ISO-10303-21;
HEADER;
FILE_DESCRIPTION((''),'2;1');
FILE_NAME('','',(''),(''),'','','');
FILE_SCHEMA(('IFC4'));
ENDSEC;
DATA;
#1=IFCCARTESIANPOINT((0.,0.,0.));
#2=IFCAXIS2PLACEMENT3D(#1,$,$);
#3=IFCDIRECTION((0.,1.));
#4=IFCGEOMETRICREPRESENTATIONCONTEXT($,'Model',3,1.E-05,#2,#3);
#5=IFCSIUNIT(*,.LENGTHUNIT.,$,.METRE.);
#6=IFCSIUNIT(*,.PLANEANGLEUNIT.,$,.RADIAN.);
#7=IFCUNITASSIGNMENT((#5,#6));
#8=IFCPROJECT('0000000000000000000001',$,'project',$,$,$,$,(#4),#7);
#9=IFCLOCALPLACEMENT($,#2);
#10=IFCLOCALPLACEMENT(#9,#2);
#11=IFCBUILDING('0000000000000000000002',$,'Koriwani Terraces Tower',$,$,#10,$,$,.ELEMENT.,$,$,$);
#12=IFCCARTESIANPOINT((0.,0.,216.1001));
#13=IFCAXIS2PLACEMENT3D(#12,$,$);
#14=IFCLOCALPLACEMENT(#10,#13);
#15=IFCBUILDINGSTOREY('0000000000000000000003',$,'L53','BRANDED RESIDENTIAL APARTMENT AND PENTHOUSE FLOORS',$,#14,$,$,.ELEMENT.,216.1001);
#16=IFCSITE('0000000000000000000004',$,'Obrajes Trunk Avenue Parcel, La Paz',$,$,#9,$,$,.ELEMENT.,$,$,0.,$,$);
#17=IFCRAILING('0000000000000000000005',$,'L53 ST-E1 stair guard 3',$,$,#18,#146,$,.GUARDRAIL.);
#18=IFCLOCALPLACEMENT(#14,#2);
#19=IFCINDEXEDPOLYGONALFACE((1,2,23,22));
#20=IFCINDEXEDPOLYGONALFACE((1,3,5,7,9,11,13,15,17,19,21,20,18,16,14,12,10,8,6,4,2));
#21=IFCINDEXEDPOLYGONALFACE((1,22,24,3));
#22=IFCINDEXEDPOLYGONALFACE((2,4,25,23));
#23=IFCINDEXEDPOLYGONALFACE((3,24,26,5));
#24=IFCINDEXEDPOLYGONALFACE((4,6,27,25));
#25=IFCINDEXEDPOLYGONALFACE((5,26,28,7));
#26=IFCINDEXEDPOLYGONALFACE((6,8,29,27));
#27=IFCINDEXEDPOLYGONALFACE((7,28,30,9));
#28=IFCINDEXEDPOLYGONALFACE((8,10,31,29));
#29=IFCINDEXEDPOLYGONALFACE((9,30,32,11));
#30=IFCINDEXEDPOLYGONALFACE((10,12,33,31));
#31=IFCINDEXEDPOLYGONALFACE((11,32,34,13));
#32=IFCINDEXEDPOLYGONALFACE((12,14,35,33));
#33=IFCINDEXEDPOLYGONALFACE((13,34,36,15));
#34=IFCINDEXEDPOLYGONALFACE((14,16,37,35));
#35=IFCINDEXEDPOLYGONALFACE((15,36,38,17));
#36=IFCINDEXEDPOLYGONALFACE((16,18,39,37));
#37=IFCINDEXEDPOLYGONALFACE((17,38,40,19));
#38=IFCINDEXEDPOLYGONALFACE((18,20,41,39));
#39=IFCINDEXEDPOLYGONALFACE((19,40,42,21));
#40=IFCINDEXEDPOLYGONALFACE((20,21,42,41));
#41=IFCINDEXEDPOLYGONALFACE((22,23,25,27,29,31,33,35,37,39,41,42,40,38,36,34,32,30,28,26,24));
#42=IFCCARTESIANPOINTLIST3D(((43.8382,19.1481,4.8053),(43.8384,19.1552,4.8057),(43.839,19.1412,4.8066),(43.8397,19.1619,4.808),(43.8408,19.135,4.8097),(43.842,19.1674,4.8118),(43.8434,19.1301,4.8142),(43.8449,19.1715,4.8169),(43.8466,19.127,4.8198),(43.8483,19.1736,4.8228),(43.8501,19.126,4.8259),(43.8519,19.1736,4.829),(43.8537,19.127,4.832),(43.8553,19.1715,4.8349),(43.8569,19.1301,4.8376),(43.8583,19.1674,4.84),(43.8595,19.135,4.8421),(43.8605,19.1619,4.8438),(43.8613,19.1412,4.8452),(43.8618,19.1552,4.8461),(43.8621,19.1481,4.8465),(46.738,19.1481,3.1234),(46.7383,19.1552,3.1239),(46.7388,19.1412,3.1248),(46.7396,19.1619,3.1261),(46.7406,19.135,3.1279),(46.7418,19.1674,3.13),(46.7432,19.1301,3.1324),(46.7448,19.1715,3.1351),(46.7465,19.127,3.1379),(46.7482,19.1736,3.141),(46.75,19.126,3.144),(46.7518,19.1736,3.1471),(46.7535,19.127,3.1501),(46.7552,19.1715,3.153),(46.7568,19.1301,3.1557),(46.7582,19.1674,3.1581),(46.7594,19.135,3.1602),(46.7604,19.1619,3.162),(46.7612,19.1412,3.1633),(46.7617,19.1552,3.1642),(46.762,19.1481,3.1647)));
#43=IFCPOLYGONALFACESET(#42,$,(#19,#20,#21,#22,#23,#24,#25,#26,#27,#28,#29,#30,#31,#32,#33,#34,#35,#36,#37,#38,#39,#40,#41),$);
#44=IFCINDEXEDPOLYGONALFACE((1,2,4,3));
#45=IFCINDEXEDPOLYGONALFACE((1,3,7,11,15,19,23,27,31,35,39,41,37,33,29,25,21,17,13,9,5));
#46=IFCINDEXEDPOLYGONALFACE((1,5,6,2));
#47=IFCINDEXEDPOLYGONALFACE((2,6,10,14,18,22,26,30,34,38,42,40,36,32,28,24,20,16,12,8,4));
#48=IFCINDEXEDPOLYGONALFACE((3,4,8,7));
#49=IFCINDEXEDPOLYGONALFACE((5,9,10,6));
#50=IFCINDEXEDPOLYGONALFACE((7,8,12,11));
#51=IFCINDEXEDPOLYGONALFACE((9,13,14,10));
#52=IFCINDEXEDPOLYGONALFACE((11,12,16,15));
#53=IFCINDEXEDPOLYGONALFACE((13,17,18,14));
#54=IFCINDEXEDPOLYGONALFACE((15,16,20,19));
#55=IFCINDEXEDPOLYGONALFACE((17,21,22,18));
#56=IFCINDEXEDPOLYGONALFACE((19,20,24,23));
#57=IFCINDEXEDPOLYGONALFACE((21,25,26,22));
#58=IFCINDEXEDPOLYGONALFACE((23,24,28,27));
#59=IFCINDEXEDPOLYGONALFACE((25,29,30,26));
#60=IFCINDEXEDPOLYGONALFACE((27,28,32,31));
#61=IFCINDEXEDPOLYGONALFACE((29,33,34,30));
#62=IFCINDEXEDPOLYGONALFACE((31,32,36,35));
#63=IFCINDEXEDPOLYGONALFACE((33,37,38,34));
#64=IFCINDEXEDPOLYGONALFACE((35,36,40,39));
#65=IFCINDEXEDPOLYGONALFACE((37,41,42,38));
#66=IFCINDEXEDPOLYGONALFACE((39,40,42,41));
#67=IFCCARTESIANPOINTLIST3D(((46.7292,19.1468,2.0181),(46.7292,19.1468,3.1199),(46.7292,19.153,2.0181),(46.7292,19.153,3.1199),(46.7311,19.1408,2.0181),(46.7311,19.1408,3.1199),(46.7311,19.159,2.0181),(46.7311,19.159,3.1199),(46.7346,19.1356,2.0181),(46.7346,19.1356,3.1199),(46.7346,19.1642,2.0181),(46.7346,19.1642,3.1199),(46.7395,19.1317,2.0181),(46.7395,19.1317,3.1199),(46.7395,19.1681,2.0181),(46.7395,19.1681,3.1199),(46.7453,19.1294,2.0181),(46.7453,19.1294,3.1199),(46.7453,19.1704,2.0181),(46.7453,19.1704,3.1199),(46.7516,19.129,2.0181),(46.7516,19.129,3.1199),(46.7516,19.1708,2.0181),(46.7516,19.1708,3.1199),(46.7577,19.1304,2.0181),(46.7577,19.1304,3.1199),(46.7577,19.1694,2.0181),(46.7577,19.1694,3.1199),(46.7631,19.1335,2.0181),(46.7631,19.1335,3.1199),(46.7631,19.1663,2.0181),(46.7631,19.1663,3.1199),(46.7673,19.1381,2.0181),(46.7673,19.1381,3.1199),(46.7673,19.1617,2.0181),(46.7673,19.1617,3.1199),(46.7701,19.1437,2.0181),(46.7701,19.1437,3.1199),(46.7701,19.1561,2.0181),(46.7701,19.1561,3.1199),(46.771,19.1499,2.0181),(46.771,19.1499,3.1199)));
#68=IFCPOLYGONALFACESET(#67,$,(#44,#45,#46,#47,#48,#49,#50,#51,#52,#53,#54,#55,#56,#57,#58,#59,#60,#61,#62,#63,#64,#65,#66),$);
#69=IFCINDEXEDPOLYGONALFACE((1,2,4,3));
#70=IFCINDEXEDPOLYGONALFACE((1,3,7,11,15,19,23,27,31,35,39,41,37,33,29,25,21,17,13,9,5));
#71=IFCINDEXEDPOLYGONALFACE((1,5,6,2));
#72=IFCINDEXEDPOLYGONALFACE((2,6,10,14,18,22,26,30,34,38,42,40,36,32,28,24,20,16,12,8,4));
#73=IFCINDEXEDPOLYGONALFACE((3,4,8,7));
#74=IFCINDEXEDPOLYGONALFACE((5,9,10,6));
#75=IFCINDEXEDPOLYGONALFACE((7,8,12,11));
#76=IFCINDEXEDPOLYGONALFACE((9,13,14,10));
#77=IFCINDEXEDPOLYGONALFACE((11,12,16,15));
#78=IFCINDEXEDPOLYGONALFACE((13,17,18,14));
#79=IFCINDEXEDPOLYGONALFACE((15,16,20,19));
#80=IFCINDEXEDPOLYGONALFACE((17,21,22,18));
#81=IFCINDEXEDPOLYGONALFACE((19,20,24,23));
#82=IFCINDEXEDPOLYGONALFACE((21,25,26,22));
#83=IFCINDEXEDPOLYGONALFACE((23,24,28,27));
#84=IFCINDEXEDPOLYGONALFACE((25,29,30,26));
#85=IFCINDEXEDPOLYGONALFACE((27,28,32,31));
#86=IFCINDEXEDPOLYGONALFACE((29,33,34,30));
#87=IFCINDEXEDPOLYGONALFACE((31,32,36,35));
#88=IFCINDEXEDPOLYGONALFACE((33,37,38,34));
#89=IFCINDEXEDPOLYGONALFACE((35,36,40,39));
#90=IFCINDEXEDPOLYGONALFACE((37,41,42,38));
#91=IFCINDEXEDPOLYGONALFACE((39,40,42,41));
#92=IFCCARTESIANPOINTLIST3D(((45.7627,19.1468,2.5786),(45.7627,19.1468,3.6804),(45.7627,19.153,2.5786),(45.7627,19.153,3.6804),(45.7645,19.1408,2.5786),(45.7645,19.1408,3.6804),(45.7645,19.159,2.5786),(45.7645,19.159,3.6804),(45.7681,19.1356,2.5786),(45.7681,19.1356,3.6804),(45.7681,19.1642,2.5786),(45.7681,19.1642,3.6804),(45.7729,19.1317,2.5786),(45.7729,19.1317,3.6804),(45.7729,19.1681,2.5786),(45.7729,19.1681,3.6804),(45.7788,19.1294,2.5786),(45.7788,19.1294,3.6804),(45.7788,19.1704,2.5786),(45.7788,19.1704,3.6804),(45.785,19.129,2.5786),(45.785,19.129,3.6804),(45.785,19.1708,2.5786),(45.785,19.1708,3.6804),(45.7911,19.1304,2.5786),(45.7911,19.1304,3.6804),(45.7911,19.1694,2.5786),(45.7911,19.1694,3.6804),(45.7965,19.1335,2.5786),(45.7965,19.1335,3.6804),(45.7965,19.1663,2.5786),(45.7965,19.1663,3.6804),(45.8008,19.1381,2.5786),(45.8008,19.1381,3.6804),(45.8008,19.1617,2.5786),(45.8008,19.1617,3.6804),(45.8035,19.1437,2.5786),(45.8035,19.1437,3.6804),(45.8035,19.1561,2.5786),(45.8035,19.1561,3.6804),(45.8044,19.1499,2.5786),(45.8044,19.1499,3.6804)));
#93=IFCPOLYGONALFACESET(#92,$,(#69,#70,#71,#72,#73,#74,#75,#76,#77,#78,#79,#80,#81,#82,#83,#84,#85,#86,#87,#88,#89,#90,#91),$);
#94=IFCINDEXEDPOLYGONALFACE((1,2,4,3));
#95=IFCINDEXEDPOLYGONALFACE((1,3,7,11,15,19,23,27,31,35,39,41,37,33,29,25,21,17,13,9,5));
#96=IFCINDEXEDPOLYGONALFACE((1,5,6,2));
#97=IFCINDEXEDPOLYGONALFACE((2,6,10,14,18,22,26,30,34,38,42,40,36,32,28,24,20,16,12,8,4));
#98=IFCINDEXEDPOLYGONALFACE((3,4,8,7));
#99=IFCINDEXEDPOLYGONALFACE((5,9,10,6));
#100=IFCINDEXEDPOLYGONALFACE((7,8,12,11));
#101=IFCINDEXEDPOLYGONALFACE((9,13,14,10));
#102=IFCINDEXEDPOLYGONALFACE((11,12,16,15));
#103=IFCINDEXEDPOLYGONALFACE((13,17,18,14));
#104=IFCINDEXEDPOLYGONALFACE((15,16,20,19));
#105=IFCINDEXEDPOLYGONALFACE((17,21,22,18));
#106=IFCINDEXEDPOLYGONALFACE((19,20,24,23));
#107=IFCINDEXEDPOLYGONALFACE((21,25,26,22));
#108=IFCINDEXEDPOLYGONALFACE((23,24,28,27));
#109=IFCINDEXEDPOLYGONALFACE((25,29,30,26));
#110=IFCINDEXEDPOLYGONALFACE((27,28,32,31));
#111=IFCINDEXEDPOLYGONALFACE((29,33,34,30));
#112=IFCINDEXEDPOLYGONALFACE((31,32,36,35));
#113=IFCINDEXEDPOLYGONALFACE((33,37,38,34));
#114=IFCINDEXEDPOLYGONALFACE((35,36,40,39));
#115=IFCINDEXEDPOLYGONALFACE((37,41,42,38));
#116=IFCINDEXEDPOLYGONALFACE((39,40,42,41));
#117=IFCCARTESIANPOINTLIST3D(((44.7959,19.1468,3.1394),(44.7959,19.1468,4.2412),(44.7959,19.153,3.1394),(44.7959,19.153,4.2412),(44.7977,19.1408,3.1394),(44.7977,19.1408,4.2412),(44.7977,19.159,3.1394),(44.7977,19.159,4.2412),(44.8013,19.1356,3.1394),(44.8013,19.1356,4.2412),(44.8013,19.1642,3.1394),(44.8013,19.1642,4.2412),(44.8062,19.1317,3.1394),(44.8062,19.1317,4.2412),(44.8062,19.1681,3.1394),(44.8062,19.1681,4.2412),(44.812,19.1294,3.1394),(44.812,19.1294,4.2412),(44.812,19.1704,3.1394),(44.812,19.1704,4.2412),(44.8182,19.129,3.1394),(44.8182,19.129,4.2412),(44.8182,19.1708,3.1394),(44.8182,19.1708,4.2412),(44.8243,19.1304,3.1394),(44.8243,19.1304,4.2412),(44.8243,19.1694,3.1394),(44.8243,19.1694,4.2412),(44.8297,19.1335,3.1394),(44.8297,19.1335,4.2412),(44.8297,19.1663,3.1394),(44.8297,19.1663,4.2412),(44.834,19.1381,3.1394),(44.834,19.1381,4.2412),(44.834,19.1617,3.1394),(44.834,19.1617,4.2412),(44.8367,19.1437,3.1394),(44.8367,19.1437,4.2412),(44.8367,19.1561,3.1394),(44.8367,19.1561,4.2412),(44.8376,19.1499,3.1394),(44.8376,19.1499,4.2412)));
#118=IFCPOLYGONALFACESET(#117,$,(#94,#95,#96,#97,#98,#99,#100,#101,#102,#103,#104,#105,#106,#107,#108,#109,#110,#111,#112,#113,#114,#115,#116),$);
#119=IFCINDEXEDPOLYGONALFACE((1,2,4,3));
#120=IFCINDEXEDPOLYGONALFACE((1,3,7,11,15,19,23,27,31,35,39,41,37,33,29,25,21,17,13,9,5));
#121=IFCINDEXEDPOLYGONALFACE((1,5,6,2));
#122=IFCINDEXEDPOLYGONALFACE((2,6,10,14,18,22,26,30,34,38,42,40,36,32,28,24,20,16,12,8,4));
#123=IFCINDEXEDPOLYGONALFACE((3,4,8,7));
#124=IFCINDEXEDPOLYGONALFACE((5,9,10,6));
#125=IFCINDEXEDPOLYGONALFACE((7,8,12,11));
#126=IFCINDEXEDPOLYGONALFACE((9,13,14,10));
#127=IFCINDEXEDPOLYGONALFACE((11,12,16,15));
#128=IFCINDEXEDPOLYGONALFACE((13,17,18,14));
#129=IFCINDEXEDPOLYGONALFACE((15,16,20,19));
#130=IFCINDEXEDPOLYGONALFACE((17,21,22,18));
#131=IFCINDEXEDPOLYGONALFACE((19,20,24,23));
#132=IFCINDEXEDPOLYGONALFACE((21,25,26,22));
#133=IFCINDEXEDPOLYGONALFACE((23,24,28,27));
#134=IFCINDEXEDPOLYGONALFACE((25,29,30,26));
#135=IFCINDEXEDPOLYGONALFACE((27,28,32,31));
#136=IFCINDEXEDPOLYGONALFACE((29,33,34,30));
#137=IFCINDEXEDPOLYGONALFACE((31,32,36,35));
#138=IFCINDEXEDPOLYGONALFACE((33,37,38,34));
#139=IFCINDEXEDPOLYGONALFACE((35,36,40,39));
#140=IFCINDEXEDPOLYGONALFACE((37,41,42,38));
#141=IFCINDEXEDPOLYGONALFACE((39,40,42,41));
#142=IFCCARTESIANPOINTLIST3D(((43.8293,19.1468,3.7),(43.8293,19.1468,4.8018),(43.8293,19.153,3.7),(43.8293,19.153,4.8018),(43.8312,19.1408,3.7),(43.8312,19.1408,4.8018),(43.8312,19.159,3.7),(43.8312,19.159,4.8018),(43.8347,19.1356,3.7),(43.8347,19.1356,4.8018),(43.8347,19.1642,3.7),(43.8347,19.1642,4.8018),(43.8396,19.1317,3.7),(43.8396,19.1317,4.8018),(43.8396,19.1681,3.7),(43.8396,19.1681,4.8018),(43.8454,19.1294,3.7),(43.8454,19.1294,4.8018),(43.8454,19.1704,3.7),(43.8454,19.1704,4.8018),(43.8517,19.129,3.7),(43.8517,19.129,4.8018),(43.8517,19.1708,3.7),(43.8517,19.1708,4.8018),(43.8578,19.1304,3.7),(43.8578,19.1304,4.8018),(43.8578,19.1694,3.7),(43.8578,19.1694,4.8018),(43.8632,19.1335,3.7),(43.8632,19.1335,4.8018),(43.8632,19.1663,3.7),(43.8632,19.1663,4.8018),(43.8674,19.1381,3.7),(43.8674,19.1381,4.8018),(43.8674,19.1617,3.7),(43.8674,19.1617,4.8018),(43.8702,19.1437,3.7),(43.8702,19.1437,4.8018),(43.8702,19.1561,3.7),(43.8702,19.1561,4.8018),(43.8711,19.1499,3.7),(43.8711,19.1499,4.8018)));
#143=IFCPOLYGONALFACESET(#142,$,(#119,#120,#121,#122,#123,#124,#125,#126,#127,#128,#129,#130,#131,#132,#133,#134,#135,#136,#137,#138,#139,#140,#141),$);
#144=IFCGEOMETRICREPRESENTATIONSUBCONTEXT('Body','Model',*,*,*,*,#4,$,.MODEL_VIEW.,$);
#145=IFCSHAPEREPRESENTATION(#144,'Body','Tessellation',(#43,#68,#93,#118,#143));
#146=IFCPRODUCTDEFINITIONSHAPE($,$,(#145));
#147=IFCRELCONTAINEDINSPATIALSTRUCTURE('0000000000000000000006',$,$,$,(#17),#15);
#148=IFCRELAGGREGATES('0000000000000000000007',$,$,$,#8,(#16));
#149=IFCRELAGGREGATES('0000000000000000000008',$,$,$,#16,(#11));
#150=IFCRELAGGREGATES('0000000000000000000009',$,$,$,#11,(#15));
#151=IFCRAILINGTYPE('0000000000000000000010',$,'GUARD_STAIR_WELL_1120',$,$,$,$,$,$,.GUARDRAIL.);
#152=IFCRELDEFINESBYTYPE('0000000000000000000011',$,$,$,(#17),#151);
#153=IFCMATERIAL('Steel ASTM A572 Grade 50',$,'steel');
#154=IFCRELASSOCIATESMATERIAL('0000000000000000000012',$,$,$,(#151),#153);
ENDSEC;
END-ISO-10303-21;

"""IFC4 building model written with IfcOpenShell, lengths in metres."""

from ifc_helpers import new_model, si_unit, direction, frame, origin, origin_2d, place, context, subcontext, project, spatial, circle, extrude, material, type_object, element, save


model = new_model("IFC4")

# Units and contexts
model_context = context("Model", 3, precision=1e-05, world=origin(), true_north=direction((0.0, 1.0)))
body_context = subcontext(model_context, "Body", "Model", "MODEL_VIEW")
ifc_project = project(units=[si_unit("LENGTHUNIT", "METRE"), si_unit("PLANEANGLEUNIT", "RADIAN")], contexts=[model_context])

# Site, building, storey
site_placement = place(None, origin())
site = spatial("IfcSite", under=ifc_project, at=site_placement, Name="Obrajes Trunk Avenue Parcel, La Paz", CompositionType="ELEMENT", RefElevation=0.0)
building_placement = place(site_placement, origin())
building = spatial("IfcBuilding", under=site, at=building_placement, Name="Koriwani Terraces Tower", CompositionType="ELEMENT")
storey_placement = place(building_placement, frame((0.0, 0.0, 216.1001)))
storey = spatial("IfcBuildingStorey", under=building, at=storey_placement, Name="L53", Description="BRANDED RESIDENTIAL APARTMENT AND PENTHOUSE FLOORS", CompositionType="ELEMENT", Elevation=216.1001)

# Shared definitions
ifc_material_1 = material(Name="Steel ASTM A572 Grade 50", Category="steel")

# Railing
railing_type_1 = type_object("IfcRailingType", Name="GUARD_STAIR_WELL_1120", PredefinedType="GUARDRAIL", material=ifc_material_1)
railing_1_placement = place(storey_placement, frame((46.75, 19.1499, 2.0181)))
element("IfcRailing", 1, at=railing_1_placement, inside=storey, type_object=railing_type_1, Name="L53 ST-E1 stair guard 3", PredefinedType="GUARDRAIL", context=body_context, shape_type="SweptSolid", body=[
    extrude(circle(Radius=0.0239, at=origin_2d()), frame((0.0, 0.0, 1.126), z_axis=(-0.865039, 0.0, 0.501705), x_axis=(0.0, -1.0, 0.0)), (0.0, 0.0, 1.0), 3.3523),
    extrude(circle(Radius=0.021, at=origin_2d()), origin(), (0.0, 0.0, 1.0), 1.1018),
    extrude(circle(Radius=0.021, at=origin_2d()), frame((-0.9666, 0.0, 0.5605)), (0.0, 0.0, 1.0), 1.1018),
    extrude(circle(Radius=0.021, at=origin_2d()), frame((-1.9333, 0.0, 1.1213)), (0.0, 0.0, 1.0), 1.1018),
    extrude(circle(Radius=0.021, at=origin_2d()), frame((-2.8999, 0.0, 1.6819)), (0.0, 0.0, 1.0), 1.1018),
])

save(model, "model.ifc")
